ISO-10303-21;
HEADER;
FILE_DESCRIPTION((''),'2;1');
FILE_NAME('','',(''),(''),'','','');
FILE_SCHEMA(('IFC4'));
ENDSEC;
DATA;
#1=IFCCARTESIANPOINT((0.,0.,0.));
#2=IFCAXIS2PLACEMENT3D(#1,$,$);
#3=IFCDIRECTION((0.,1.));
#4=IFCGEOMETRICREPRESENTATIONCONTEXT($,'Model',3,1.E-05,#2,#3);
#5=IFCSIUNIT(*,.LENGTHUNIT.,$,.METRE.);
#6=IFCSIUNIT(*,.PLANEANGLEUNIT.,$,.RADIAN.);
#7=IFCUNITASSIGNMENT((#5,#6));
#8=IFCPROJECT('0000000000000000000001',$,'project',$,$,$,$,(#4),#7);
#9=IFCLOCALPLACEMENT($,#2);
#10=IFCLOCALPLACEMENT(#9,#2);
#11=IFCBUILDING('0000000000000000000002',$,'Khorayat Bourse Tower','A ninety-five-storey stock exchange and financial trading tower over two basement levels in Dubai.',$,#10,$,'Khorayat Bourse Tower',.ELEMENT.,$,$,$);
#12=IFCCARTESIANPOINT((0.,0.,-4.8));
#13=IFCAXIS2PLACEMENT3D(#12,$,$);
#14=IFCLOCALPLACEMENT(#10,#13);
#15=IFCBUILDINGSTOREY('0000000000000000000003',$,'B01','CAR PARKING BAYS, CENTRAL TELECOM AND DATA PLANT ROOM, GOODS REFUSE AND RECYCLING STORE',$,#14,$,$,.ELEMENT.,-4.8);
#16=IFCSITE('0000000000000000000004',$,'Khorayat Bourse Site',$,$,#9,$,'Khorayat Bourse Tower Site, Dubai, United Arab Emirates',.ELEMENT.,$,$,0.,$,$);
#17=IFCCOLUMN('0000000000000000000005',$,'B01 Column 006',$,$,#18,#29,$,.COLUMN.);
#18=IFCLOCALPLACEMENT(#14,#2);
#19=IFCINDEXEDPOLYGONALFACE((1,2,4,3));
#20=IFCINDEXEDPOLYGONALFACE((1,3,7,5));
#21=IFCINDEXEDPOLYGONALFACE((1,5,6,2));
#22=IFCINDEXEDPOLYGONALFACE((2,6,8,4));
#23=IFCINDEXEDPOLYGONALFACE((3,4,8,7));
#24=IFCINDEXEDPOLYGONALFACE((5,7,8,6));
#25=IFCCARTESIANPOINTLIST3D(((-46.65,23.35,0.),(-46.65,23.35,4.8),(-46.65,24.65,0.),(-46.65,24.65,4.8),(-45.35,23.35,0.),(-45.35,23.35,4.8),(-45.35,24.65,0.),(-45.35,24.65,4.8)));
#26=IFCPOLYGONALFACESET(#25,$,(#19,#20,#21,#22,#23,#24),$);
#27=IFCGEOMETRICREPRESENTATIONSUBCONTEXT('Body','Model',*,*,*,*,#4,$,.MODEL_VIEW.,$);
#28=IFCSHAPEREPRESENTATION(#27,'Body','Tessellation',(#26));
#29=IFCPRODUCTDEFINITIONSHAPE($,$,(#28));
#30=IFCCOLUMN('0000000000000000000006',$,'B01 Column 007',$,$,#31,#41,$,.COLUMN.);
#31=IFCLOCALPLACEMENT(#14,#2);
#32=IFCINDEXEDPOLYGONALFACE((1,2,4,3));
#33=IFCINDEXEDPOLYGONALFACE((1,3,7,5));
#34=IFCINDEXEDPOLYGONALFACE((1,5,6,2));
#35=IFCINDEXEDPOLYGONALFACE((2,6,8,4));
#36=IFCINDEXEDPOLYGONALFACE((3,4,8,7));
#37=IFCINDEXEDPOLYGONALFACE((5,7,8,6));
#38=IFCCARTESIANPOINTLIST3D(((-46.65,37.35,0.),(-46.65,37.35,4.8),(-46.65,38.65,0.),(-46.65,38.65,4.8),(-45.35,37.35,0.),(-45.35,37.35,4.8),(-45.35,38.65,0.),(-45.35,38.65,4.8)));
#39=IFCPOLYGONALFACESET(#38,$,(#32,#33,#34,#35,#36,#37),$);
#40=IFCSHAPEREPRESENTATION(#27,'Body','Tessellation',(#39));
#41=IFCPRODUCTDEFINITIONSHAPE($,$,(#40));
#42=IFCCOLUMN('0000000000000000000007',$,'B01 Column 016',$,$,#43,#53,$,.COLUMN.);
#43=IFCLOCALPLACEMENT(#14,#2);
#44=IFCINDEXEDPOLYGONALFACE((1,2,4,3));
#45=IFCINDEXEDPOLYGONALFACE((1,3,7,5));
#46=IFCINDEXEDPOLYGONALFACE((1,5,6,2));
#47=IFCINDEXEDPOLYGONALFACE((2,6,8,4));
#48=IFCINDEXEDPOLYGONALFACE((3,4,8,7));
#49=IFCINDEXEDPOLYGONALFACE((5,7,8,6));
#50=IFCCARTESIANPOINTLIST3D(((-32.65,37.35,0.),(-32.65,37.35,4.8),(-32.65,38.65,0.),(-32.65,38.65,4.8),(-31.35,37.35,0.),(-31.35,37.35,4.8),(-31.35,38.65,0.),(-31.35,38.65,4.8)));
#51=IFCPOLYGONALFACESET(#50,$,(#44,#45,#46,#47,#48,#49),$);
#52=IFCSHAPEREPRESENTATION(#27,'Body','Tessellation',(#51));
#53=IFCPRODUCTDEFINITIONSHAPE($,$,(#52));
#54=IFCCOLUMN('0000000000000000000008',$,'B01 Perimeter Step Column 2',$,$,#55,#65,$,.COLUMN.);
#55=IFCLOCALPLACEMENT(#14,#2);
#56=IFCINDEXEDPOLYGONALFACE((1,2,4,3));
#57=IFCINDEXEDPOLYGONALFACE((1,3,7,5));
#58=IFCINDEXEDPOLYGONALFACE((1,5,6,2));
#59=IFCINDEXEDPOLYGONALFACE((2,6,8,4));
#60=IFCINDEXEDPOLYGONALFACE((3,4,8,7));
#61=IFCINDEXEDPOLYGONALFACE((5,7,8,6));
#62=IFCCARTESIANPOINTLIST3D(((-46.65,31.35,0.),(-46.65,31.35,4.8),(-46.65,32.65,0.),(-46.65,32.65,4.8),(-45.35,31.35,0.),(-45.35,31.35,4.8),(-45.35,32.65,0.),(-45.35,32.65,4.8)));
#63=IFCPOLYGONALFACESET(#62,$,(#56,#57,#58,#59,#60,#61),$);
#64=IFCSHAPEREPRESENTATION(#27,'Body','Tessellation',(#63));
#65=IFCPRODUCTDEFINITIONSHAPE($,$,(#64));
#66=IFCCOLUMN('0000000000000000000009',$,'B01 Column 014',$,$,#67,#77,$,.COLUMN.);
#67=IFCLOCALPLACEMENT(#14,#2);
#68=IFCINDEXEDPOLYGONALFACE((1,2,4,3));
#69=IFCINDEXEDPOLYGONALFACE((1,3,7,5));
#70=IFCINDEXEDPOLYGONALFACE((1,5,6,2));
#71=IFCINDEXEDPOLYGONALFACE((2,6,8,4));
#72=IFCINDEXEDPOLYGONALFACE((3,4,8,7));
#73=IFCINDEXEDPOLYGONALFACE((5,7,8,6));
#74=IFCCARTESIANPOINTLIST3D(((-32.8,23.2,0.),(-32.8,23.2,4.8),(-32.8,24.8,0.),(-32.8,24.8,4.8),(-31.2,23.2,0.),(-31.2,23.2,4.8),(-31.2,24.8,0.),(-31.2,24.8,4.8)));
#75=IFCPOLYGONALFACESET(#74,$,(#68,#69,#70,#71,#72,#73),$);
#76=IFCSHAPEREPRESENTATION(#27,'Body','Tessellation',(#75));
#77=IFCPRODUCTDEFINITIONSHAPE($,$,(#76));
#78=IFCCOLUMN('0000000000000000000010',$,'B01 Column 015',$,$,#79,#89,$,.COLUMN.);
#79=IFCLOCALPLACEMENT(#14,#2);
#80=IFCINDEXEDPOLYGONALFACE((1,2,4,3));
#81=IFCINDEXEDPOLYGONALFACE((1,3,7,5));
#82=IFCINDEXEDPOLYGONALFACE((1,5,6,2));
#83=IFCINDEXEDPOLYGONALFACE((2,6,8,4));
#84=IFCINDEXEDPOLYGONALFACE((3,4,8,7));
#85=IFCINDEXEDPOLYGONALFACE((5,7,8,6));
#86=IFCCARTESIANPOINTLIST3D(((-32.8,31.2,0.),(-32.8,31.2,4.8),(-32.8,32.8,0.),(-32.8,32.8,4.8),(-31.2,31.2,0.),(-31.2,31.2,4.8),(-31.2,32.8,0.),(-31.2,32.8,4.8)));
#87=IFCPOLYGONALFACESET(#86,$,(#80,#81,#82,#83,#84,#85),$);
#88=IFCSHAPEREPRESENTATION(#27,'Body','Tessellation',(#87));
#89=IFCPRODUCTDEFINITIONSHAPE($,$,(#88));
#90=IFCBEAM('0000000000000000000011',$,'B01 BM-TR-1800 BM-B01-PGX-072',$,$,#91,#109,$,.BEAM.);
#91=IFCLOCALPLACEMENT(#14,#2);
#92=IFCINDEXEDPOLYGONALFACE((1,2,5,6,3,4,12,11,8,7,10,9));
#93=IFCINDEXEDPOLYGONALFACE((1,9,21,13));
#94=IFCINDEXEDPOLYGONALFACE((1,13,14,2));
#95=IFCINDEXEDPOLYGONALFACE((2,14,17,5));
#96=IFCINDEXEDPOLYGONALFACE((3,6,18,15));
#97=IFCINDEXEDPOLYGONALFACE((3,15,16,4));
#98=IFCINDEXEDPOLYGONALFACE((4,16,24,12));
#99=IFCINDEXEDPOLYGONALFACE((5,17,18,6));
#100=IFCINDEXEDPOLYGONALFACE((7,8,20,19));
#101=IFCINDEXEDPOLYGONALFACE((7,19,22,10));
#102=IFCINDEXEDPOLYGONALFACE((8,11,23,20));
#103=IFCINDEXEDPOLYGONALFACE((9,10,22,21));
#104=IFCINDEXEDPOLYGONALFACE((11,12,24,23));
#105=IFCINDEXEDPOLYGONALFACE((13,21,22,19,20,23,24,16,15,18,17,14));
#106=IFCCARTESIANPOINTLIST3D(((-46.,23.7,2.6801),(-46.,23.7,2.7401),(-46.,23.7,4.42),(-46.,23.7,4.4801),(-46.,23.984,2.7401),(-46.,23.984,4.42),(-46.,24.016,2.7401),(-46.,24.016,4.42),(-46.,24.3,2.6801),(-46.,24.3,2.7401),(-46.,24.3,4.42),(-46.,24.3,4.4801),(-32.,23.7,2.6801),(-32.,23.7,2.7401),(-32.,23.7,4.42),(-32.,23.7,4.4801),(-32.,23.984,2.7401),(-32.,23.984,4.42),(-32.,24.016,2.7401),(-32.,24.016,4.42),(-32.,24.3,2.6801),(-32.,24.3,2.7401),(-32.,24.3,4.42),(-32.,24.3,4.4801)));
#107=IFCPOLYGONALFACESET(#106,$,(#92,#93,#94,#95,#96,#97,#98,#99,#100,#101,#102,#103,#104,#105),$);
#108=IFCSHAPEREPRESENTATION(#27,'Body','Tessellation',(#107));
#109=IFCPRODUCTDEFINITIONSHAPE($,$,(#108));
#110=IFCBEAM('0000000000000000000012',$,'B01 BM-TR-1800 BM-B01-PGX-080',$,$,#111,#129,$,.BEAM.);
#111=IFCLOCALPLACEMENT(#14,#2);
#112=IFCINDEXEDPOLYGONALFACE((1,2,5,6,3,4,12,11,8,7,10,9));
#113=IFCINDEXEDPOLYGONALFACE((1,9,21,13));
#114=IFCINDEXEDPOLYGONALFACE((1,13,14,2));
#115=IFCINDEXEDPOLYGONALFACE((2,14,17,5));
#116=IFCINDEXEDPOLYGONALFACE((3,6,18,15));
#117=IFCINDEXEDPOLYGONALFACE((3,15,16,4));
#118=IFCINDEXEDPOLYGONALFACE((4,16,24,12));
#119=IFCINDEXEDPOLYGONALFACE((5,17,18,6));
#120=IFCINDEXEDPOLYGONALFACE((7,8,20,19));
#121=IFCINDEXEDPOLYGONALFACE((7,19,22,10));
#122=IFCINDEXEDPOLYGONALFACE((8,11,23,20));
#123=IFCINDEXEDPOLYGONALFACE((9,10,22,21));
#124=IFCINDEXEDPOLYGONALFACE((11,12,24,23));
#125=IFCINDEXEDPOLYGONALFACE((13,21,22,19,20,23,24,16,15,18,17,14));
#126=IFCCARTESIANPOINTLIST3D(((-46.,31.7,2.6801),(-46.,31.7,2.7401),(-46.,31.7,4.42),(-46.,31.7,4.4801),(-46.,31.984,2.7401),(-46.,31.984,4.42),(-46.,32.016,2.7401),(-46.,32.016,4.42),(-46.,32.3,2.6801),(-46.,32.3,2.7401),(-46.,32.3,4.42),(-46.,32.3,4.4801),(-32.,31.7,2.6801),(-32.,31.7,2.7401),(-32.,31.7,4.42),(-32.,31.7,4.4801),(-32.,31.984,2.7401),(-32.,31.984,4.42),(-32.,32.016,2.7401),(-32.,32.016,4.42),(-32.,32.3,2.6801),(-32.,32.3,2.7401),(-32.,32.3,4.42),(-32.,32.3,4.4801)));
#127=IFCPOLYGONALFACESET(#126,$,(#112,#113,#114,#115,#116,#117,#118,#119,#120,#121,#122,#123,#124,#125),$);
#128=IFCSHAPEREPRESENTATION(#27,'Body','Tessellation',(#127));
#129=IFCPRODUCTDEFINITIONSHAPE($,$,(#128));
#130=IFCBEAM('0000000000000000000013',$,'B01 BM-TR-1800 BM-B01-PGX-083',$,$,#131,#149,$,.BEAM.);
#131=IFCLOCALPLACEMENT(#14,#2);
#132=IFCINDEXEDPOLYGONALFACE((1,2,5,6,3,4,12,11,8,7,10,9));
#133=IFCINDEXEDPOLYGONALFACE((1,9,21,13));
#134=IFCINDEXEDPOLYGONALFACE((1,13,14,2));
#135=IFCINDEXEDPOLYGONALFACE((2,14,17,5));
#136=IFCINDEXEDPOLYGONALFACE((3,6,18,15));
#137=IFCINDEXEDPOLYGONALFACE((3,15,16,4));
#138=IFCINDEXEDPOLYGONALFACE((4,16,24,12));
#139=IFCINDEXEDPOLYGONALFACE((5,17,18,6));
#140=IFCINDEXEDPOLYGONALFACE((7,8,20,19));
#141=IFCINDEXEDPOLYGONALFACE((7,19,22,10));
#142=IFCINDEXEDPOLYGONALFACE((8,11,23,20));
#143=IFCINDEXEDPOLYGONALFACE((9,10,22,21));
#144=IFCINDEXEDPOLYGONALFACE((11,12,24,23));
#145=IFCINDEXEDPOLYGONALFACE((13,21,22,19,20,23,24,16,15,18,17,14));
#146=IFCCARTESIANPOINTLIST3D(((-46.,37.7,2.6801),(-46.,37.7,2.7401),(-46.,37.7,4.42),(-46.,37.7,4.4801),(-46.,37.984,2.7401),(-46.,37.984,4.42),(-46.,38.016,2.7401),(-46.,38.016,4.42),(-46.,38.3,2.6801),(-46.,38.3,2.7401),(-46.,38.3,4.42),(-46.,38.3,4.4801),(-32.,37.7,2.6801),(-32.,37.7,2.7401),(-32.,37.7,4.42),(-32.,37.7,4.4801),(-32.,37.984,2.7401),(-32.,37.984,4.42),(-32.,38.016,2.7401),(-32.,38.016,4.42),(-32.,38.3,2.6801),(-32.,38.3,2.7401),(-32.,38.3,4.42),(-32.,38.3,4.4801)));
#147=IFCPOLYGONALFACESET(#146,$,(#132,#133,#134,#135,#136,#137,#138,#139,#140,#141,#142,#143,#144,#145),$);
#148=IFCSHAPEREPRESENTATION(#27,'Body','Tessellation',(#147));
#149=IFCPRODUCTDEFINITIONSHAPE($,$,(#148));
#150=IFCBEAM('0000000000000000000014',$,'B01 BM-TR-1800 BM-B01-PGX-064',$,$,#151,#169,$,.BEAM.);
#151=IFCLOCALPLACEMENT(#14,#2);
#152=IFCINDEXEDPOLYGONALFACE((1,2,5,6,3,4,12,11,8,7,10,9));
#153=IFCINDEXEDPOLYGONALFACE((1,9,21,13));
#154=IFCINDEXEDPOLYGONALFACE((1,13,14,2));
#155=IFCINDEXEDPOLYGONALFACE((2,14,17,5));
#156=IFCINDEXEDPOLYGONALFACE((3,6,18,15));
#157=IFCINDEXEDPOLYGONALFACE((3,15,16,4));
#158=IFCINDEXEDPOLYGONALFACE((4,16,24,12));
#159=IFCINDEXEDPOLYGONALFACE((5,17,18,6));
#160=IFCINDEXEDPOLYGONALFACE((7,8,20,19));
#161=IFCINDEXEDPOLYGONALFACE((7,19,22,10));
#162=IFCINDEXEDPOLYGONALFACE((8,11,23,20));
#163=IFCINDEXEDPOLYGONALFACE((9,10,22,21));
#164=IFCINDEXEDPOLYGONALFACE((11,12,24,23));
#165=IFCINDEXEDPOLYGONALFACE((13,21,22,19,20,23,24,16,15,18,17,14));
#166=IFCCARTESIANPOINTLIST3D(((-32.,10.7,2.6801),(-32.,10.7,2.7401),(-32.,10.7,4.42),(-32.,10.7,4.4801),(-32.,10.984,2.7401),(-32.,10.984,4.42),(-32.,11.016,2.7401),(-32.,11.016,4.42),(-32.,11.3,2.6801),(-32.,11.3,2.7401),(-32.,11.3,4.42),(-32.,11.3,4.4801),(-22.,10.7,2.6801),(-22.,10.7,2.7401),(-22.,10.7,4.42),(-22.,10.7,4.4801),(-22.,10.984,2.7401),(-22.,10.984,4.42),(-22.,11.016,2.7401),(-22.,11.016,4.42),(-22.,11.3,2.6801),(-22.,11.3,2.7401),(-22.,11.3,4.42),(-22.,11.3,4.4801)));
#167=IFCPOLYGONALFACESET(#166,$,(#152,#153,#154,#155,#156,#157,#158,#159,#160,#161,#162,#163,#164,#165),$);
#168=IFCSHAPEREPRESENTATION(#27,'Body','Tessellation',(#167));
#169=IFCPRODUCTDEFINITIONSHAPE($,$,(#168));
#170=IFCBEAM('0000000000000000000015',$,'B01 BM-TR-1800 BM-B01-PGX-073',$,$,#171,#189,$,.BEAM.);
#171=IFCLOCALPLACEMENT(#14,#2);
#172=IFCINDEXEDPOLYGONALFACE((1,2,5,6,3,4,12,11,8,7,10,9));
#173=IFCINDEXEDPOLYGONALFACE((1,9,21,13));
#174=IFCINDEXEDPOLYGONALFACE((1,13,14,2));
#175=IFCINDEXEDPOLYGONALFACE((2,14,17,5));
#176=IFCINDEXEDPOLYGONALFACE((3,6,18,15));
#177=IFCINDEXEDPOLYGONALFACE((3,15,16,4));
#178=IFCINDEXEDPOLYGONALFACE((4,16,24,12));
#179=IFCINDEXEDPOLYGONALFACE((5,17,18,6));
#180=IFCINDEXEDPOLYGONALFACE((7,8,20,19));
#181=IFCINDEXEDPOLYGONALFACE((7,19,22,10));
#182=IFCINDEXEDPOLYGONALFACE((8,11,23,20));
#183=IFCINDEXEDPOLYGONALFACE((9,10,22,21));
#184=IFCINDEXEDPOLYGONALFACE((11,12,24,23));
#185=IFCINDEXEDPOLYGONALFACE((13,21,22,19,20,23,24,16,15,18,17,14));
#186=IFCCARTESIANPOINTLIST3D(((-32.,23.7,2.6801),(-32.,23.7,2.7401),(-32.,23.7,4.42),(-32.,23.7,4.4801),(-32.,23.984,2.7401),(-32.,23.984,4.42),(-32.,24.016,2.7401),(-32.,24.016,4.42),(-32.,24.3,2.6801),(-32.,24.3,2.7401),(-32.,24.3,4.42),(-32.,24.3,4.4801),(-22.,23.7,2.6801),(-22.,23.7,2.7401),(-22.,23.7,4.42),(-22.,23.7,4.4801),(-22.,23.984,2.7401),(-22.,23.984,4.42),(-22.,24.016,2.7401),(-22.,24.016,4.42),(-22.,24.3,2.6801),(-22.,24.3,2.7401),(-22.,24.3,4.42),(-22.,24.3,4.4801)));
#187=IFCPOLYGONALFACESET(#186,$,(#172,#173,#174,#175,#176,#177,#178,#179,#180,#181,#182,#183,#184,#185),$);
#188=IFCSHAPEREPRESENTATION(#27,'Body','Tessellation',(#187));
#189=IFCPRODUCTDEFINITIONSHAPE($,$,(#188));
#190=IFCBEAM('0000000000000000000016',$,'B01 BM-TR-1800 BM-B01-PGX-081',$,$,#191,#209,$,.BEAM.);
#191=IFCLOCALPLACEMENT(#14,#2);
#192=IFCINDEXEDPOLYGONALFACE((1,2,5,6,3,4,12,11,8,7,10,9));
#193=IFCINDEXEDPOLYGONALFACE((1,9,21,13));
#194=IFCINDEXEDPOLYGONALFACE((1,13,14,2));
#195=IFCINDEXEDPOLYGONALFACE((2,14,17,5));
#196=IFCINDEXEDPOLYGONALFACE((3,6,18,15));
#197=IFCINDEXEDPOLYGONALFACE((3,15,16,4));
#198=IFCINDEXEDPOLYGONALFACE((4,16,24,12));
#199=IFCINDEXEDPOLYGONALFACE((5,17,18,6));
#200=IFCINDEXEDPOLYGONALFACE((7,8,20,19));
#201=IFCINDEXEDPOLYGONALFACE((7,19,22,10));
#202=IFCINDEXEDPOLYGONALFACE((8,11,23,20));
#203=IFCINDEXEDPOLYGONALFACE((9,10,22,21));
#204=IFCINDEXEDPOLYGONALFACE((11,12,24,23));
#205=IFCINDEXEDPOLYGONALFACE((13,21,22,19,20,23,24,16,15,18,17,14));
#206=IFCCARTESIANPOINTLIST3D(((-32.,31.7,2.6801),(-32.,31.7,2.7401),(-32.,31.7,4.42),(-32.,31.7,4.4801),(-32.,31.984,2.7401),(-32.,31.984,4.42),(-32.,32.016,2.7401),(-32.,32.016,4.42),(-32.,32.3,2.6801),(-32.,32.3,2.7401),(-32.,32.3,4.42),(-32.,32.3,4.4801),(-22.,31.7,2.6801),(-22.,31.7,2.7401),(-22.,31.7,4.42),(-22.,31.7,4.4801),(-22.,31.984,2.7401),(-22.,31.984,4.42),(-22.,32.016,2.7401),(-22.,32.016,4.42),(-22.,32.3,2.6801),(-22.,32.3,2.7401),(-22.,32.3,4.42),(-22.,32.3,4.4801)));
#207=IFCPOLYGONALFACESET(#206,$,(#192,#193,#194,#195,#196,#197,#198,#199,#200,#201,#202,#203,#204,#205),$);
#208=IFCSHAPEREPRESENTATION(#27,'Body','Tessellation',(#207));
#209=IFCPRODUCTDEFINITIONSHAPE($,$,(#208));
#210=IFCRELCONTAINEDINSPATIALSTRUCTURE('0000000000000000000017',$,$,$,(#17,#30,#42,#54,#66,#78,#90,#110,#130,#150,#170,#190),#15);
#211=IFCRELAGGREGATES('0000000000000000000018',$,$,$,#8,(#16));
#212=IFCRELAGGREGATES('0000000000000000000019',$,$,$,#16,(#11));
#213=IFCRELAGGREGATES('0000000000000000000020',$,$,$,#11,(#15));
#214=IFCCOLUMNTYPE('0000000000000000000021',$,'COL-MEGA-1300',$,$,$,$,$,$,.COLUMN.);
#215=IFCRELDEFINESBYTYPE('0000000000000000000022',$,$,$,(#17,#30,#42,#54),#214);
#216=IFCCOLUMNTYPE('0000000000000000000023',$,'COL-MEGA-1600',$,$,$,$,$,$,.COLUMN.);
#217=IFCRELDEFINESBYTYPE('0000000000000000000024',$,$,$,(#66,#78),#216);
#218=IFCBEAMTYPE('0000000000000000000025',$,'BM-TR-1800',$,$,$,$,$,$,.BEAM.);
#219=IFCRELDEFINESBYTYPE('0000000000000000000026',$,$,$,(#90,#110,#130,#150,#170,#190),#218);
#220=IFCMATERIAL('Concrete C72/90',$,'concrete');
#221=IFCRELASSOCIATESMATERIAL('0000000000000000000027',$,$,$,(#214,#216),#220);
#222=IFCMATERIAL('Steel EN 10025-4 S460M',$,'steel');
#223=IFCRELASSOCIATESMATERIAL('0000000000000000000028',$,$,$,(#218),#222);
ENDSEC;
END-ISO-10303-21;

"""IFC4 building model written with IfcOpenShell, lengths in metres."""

from ifc_helpers import new_model, si_unit, direction, frame, origin, origin_2d, place, context, subcontext, project, spatial, rectangle, i_section, extrude, source, transform, mapped, material, material_profile, profile_set, type_object, element, save


model = new_model("IFC4")

# Units and contexts
model_context = context("Model", 3, precision=1e-05, world=origin(), true_north=direction((0.0, 1.0)))
body_context = subcontext(model_context, "Body", "Model", "MODEL_VIEW")
ifc_project = project(units=[si_unit("LENGTHUNIT", "METRE"), si_unit("PLANEANGLEUNIT", "RADIAN")], contexts=[model_context])

# Site, building, storey
site_placement = place(None, origin())
site = spatial("IfcSite", under=ifc_project, at=site_placement, Name="Khorayat Bourse Site", LongName="Khorayat Bourse Tower Site, Dubai, United Arab Emirates", CompositionType="ELEMENT", RefElevation=0.0)
building_placement = place(site_placement, origin())
building = spatial("IfcBuilding", under=site, at=building_placement, Name="Khorayat Bourse Tower", Description="A ninety-five-storey stock exchange and financial trading tower over two basement levels in Dubai.", LongName="Khorayat Bourse Tower", CompositionType="ELEMENT")
storey_placement = place(building_placement, frame((0.0, 0.0, -4.8)))
storey = spatial("IfcBuildingStorey", under=building, at=storey_placement, Name="B01", Description="CAR PARKING BAYS, CENTRAL TELECOM AND DATA PLANT ROOM, GOODS REFUSE AND RECYCLING STORE", CompositionType="ELEMENT", Elevation=-4.8)

# Columns
ifc_material_1 = material(Name="Concrete C72/90", Category="concrete")
ifc_material_profile_1 = material_profile(ifc_material_1, rectangle(XDim=1.3, YDim=1.3, at=origin_2d()), Name="RC 1300x1300")
ifc_profile_set_1 = profile_set([ifc_material_profile_1], Name="Concrete C72/90")
column_type_1 = type_object("IfcColumnType", Name="COL-MEGA-1300", PredefinedType="COLUMN", material=ifc_profile_set_1)
shared_shape_1 = source(origin(), body_context, "Body", "SweptSolid", [
    extrude(rectangle(XDim=1.3, YDim=1.3, at=origin_2d()), origin(), (0.0, 0.0, 1.0), 4.8),
])
for number, where, z_axis, x_axis, name in (
    (1, (-46.0, 24.0, 0.0), (0.0, 0.0, 1.0), (1.0, 0.0, 0.0), "B01 Column 006"),
    (2, (-46.0, 38.0, 0.0), (0.0, 0.0, 1.0), (1.0, 0.0, 0.0), "B01 Column 007"),
    (3, (-32.0, 38.0, 0.0), (0.0, 0.0, 1.0), (1.0, 0.0, 0.0), "B01 Column 016"),
    (4, (-46.0, 32.0, 0.0), (0.0, 0.0, 1.0), (1.0, 0.0, 0.0), "B01 Perimeter Step Column 2"),
):
    element("IfcColumn", number, at=place(storey_placement, frame(where, z_axis=z_axis, x_axis=x_axis)), inside=storey, type_object=column_type_1, Name=name, PredefinedType="COLUMN", context=body_context, shape_type="MappedRepresentation", body=[
        mapped(shared_shape_1, transform((0.0, 0.0, 0.0), scale=1.0)),
    ])
ifc_material_profile_2 = material_profile(ifc_material_1, rectangle(XDim=1.6001, YDim=1.6001, at=origin_2d()), Name="RC 1600x1600")
ifc_profile_set_2 = profile_set([ifc_material_profile_2], Name="Concrete C72/90")
column_type_2 = type_object("IfcColumnType", Name="COL-MEGA-1600", PredefinedType="COLUMN", material=ifc_profile_set_2)
shared_shape_2 = source(origin(), body_context, "Body", "SweptSolid", [
    extrude(rectangle(XDim=1.6001, YDim=1.6001, at=origin_2d()), origin(), (0.0, 0.0, 1.0), 4.8),
])
for number, where, z_axis, x_axis, name in (
    (5, (-32.0, 24.0, 0.0), (0.0, 0.0, 1.0), (1.0, 0.0, 0.0), "B01 Column 014"),
    (6, (-32.0, 32.0, 0.0), (0.0, 0.0, 1.0), (1.0, 0.0, 0.0), "B01 Column 015"),
):
    element("IfcColumn", number, at=place(storey_placement, frame(where, z_axis=z_axis, x_axis=x_axis)), inside=storey, type_object=column_type_2, Name=name, PredefinedType="COLUMN", context=body_context, shape_type="MappedRepresentation", body=[
        mapped(shared_shape_2, transform((0.0, 0.0, 0.0), scale=1.0)),
    ])

# Beams
ifc_material_2 = material(Name="Steel EN 10025-4 S460M", Category="steel")
ifc_material_profile_3 = material_profile(ifc_material_2, i_section(OverallWidth=0.6001, OverallDepth=1.8, WebThickness=0.032, FlangeThickness=0.0601, at=origin_2d()), Name="PG 1800x600x32x60")
ifc_profile_set_3 = profile_set([ifc_material_profile_3], Name="Steel EN 10025-4 S460M")
beam_type_1 = type_object("IfcBeamType", Name="BM-TR-1800", PredefinedType="BEAM", material=ifc_profile_set_3)
shared_shape_3 = source(origin(), body_context, "Body", "SweptSolid", [
    extrude(i_section(OverallWidth=0.6001, OverallDepth=1.8, WebThickness=0.032, FlangeThickness=0.0601, at=origin_2d()), origin(), (0.0, 0.0, 1.0), 14.0),
])
for number, where, z_axis, x_axis, name in (
    (7, (-46.0, 24.0, 3.5801), (1.0, 0.0, 0.0), (0.0, 1.0, 0.0), "B01 BM-TR-1800 BM-B01-PGX-072"),
    (8, (-46.0, 32.0, 3.5801), (1.0, 0.0, 0.0), (0.0, 1.0, 0.0), "B01 BM-TR-1800 BM-B01-PGX-080"),
    (9, (-46.0, 38.0, 3.5801), (1.0, 0.0, 0.0), (0.0, 1.0, 0.0), "B01 BM-TR-1800 BM-B01-PGX-083"),
):
    element("IfcBeam", number, at=place(storey_placement, frame(where, z_axis=z_axis, x_axis=x_axis)), inside=storey, type_object=beam_type_1, Name=name, PredefinedType="BEAM", context=body_context, shape_type="MappedRepresentation", body=[
        mapped(shared_shape_3, transform((0.0, 0.0, 0.0), scale=1.0)),
    ])
shared_shape_4 = source(origin(), body_context, "Body", "SweptSolid", [
    extrude(i_section(OverallWidth=0.6001, OverallDepth=1.8, WebThickness=0.032, FlangeThickness=0.0601, at=origin_2d()), origin(), (0.0, 0.0, 1.0), 10.0),
])
for number, where, z_axis, x_axis, name in (
    (10, (-32.0, 11.0, 3.5801), (1.0, 0.0, 0.0), (0.0, 1.0, 0.0), "B01 BM-TR-1800 BM-B01-PGX-064"),
    (11, (-32.0, 24.0, 3.5801), (1.0, 0.0, 0.0), (0.0, 1.0, 0.0), "B01 BM-TR-1800 BM-B01-PGX-073"),
    (12, (-32.0, 32.0, 3.5801), (1.0, 0.0, 0.0), (0.0, 1.0, 0.0), "B01 BM-TR-1800 BM-B01-PGX-081"),
):
    element("IfcBeam", number, at=place(storey_placement, frame(where, z_axis=z_axis, x_axis=x_axis)), inside=storey, type_object=beam_type_1, Name=name, PredefinedType="BEAM", context=body_context, shape_type="MappedRepresentation", body=[
        mapped(shared_shape_4, transform((0.0, 0.0, 0.0), scale=1.0)),
    ])

save(model, "model.ifc")
